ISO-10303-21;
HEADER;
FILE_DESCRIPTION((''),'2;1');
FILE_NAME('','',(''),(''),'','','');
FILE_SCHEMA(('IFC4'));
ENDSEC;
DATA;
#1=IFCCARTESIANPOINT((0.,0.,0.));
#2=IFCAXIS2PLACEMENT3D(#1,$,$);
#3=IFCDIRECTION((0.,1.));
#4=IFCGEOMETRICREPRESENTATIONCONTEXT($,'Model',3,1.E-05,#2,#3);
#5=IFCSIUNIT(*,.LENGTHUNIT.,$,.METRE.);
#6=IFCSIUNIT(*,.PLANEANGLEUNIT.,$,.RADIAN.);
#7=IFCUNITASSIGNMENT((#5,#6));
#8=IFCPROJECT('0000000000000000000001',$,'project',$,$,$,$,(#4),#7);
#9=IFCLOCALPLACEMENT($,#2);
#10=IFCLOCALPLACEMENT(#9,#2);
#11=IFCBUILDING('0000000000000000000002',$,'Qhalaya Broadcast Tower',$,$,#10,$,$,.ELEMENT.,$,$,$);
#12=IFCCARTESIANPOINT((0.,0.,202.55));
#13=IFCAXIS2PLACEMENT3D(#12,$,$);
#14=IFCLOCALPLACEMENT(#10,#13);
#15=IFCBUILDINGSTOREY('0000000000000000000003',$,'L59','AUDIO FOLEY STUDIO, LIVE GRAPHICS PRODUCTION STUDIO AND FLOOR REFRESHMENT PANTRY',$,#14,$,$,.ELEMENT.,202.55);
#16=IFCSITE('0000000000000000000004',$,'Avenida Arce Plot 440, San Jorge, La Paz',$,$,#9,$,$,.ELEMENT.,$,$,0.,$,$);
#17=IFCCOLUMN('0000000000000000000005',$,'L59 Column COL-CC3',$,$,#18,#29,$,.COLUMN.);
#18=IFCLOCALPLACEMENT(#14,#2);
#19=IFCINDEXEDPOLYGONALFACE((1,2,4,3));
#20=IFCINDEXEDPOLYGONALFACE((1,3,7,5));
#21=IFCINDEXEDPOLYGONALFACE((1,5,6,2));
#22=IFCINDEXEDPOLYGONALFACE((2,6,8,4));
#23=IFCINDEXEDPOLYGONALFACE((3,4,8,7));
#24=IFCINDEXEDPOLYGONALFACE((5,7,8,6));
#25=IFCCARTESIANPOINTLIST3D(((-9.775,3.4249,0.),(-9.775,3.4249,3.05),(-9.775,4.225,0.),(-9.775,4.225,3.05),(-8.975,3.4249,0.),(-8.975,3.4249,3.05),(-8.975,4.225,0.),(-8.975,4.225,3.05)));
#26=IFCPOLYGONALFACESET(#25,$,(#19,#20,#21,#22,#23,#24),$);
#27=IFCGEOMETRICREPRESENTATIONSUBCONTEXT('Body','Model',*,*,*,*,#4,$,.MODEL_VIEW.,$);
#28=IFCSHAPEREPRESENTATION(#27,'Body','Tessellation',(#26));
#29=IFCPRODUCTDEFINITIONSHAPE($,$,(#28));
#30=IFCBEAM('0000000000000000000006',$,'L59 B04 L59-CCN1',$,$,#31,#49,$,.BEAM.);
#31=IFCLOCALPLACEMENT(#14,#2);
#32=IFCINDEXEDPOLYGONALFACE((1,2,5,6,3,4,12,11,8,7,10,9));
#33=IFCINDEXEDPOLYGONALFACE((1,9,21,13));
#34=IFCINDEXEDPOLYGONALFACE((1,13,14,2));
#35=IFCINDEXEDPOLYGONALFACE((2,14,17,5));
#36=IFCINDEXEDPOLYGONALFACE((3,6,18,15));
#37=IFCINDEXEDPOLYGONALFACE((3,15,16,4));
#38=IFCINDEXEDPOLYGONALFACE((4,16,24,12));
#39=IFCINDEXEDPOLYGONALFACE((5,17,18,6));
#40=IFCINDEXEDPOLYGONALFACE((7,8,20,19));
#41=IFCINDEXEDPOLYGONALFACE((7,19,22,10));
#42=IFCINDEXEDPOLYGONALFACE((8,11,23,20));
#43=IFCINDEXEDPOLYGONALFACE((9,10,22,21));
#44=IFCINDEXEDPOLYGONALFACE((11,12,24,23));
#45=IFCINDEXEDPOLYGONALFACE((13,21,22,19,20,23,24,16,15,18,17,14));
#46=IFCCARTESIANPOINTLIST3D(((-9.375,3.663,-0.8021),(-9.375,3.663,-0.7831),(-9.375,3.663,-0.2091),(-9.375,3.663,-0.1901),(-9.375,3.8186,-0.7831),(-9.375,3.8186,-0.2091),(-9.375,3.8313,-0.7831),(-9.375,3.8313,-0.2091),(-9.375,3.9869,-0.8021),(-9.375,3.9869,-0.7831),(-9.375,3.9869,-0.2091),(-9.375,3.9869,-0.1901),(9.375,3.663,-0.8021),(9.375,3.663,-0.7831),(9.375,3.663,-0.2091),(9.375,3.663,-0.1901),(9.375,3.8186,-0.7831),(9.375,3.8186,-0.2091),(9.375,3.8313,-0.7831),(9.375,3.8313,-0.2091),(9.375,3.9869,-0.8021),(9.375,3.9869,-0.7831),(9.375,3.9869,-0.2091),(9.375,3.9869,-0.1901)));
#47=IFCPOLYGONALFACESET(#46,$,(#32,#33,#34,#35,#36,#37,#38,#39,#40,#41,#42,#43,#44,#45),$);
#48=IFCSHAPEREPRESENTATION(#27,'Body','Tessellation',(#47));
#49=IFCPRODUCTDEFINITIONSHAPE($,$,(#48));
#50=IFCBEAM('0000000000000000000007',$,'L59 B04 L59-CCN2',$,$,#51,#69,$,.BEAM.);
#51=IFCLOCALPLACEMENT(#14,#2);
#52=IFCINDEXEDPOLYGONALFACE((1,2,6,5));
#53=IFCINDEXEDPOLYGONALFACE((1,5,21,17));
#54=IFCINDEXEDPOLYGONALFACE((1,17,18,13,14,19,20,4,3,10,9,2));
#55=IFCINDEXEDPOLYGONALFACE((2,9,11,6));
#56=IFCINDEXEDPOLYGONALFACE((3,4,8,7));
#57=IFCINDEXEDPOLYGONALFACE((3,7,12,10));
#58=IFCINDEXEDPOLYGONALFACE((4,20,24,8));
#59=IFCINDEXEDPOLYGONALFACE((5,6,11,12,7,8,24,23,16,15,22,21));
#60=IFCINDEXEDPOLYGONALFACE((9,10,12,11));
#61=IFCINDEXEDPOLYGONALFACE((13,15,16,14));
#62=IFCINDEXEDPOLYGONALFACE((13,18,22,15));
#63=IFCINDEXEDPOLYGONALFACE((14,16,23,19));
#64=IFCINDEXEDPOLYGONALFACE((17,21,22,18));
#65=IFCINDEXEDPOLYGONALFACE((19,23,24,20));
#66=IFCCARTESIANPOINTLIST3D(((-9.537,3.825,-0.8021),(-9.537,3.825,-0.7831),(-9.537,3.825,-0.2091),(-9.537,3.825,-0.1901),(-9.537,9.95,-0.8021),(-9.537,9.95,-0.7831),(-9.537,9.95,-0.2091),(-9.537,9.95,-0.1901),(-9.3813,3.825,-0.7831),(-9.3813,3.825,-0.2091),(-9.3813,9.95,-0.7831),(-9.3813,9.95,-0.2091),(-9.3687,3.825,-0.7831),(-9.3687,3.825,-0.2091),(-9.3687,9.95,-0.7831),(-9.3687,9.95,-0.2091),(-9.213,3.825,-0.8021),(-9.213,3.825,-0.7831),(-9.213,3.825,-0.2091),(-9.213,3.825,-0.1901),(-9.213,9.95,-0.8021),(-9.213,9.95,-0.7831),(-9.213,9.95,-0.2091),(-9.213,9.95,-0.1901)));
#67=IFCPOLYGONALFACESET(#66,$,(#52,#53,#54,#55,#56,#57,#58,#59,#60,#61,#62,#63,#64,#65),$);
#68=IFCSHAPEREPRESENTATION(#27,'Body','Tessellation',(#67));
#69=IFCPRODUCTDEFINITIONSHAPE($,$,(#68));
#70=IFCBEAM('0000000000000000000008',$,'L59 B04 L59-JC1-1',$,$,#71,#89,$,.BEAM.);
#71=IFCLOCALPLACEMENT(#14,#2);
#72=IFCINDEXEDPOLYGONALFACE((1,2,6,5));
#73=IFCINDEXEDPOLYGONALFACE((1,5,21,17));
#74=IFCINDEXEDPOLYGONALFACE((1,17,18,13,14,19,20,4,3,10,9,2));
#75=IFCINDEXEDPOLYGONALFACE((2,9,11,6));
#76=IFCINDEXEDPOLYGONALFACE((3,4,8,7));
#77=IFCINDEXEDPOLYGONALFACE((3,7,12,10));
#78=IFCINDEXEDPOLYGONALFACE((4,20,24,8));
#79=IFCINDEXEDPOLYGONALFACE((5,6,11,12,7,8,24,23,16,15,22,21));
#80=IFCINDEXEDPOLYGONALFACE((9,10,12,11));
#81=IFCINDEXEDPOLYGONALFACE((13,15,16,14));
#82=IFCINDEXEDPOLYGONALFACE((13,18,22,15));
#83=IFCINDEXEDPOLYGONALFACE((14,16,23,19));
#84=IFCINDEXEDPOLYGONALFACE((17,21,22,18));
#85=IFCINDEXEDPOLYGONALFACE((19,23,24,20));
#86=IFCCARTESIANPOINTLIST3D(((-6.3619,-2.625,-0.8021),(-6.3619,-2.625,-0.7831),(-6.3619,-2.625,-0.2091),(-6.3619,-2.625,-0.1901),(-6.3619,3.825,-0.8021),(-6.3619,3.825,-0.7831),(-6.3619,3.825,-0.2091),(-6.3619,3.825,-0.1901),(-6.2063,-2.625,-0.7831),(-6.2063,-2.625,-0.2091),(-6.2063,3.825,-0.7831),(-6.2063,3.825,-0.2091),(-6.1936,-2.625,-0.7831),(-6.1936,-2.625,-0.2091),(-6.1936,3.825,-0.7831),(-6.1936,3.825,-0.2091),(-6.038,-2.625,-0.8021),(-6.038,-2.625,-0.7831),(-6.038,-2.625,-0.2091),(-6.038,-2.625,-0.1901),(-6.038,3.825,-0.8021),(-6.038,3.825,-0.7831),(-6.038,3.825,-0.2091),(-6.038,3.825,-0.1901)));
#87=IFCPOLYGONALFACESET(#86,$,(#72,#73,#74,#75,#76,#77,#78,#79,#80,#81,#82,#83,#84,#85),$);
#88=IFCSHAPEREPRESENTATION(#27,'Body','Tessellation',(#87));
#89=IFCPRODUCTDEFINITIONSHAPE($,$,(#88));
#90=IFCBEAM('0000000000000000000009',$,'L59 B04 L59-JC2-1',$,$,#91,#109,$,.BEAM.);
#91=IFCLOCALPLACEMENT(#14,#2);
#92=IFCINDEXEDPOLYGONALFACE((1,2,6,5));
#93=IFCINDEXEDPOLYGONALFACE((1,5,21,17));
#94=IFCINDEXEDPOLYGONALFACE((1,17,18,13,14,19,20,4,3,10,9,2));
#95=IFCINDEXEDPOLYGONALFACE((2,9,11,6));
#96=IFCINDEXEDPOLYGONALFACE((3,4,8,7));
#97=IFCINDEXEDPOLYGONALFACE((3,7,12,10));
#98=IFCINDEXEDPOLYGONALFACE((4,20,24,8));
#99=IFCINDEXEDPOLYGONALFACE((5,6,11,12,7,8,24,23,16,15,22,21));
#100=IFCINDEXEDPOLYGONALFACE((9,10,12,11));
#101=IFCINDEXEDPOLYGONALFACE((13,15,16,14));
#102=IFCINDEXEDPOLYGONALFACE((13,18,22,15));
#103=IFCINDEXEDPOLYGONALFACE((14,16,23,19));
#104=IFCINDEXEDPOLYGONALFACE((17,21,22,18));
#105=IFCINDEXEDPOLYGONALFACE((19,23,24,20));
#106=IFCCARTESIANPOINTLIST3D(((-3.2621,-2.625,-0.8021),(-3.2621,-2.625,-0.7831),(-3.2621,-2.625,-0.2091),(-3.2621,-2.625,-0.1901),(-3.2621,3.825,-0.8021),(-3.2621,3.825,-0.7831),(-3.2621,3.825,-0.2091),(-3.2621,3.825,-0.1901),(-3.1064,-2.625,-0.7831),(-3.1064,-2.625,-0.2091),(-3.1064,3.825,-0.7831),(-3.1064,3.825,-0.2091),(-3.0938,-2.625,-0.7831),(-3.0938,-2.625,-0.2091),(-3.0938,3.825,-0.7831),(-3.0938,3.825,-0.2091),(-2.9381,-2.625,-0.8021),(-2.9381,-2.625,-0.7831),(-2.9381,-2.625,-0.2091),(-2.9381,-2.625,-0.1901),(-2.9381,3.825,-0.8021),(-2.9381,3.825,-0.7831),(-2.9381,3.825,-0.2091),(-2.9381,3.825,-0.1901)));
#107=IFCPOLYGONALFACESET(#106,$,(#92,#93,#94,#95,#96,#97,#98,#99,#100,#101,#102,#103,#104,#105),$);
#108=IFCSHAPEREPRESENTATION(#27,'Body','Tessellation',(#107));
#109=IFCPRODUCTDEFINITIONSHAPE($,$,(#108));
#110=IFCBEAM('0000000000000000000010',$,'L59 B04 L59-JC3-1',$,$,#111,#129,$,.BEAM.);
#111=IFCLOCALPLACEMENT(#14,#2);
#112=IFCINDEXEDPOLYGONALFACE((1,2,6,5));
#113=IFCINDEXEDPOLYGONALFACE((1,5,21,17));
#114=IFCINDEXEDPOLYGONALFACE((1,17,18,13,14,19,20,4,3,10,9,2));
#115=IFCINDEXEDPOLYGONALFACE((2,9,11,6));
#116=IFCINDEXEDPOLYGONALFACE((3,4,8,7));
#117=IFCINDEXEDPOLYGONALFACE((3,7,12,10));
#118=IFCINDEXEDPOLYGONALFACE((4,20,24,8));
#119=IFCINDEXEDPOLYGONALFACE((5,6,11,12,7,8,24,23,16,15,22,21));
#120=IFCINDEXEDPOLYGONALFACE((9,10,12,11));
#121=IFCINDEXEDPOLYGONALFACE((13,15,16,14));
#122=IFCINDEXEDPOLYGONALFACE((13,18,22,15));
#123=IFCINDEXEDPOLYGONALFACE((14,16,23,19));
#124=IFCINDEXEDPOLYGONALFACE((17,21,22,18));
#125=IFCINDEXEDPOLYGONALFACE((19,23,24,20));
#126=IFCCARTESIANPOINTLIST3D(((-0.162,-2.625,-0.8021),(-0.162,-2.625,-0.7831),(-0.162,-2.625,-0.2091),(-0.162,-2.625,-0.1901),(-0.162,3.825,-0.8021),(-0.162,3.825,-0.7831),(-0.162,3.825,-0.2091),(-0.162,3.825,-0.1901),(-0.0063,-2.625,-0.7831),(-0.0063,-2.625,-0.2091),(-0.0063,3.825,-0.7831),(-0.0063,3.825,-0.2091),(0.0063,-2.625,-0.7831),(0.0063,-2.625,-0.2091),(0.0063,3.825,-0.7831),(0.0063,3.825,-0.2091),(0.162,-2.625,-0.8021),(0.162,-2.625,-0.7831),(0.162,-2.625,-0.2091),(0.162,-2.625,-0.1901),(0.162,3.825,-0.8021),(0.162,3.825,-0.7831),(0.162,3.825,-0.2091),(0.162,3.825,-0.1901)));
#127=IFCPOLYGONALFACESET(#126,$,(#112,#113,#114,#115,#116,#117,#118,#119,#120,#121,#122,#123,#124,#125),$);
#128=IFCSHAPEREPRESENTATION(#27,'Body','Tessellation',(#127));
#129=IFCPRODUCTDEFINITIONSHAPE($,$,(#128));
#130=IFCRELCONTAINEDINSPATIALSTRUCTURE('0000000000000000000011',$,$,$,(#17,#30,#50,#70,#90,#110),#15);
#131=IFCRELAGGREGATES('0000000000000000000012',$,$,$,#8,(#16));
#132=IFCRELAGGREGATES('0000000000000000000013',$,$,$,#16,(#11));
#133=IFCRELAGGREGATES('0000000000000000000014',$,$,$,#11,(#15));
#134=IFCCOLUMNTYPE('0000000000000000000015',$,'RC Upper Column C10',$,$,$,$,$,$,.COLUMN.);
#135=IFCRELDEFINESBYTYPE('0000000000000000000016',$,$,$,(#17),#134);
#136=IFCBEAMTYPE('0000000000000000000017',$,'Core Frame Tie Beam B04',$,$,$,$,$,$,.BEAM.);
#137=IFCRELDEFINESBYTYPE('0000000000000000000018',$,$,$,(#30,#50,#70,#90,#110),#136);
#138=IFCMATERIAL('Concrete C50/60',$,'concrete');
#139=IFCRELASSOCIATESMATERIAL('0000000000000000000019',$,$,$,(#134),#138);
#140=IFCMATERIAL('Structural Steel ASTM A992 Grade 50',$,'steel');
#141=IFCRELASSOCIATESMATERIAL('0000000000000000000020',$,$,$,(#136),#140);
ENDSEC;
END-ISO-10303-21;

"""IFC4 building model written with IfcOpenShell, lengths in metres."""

from ifc_helpers import new_model, si_unit, direction, frame, origin, origin_2d, place, context, subcontext, project, spatial, rectangle, i_section, extrude, material, material_profile, profile_set, type_object, element, save


model = new_model("IFC4")

# Units and contexts
model_context = context("Model", 3, precision=1e-05, world=origin(), true_north=direction((0.0, 1.0)))
body_context = subcontext(model_context, "Body", "Model", "MODEL_VIEW")
ifc_project = project(units=[si_unit("LENGTHUNIT", "METRE"), si_unit("PLANEANGLEUNIT", "RADIAN")], contexts=[model_context])

# Site, building, storey
site_placement = place(None, origin())
site = spatial("IfcSite", under=ifc_project, at=site_placement, Name="Avenida Arce Plot 440, San Jorge, La Paz", CompositionType="ELEMENT", RefElevation=0.0)
building_placement = place(site_placement, origin())
building = spatial("IfcBuilding", under=site, at=building_placement, Name="Qhalaya Broadcast Tower", CompositionType="ELEMENT")
storey_placement = place(building_placement, frame((0.0, 0.0, 202.55)))
storey = spatial("IfcBuildingStorey", under=building, at=storey_placement, Name="L59", Description="AUDIO FOLEY STUDIO, LIVE GRAPHICS PRODUCTION STUDIO AND FLOOR REFRESHMENT PANTRY", CompositionType="ELEMENT", Elevation=202.55)

# Column
ifc_material_1 = material(Name="Concrete C50/60", Category="concrete")
ifc_material_profile_1 = material_profile(ifc_material_1, rectangle(XDim=0.8, YDim=0.8, at=origin_2d()), Name="RC-COL 800x800")
ifc_profile_set_1 = profile_set([ifc_material_profile_1], Name="Concrete C50/60")
column_type = type_object("IfcColumnType", Name="RC Upper Column C10", PredefinedType="COLUMN", material=ifc_profile_set_1)
column_placement = place(storey_placement, frame((-9.375, 3.825, 0.0), z_axis=(0.0, 0.0, 1.0), x_axis=(1.0, 0.0, 0.0)))
element("IfcColumn", 1, at=column_placement, inside=storey, type_object=column_type, Name="L59 Column COL-CC3", PredefinedType="COLUMN", context=body_context, shape_type="SweptSolid", body=[
    extrude(rectangle(XDim=0.8, YDim=0.8, at=origin_2d()), origin(), (0.0, 0.0, 1.0), 3.05),
])

# Beams
ifc_material_2 = material(Name="Structural Steel ASTM A992 Grade 50", Category="steel")
ifc_material_profile_2 = material_profile(ifc_material_2, i_section(OverallWidth=0.324, OverallDepth=0.6121, WebThickness=0.0127, FlangeThickness=0.019, at=origin_2d()), Name="W24X104")
ifc_profile_set_2 = profile_set([ifc_material_profile_2], Name="Structural Steel ASTM A992 Grade 50")
beam_type = type_object("IfcBeamType", Name="Core Frame Tie Beam B04", PredefinedType="BEAM", material=ifc_profile_set_2)
beam_1_placement = place(storey_placement, frame((-9.375, 3.825, -0.4961), z_axis=(1.0, 0.0, 0.0), x_axis=(0.0, 1.0, 0.0)))
element("IfcBeam", 2, at=beam_1_placement, inside=storey, type_object=beam_type, Name="L59 B04 L59-CCN1", PredefinedType="BEAM", context=body_context, shape_type="SweptSolid", body=[
    extrude(i_section(OverallWidth=0.324, OverallDepth=0.6121, WebThickness=0.0127, FlangeThickness=0.019, at=origin_2d()), origin(), (0.0, 0.0, 1.0), 18.75),
])
beam_2_placement = place(storey_placement, frame((-9.375, 3.825, -0.4961), z_axis=(0.0, 1.0, 0.0), x_axis=(-1.0, 0.0, 0.0)))
element("IfcBeam", 3, at=beam_2_placement, inside=storey, type_object=beam_type, Name="L59 B04 L59-CCN2", PredefinedType="BEAM", context=body_context, shape_type="SweptSolid", body=[
    extrude(i_section(OverallWidth=0.324, OverallDepth=0.6121, WebThickness=0.0127, FlangeThickness=0.019, at=origin_2d()), origin(), (0.0, 0.0, 1.0), 6.125),
])
for number, where, z_axis, x_axis, name in (
    (4, (-6.2, -2.625, -0.4961), (0.0, 1.0, 0.0), (-1.0, 0.0, 0.0), "L59 B04 L59-JC1-1"),
    (5, (-3.1001, -2.625, -0.4961), (0.0, 1.0, 0.0), (-1.0, 0.0, 0.0), "L59 B04 L59-JC2-1"),
    (6, (0.0, -2.625, -0.4961), (0.0, 1.0, 0.0), (-1.0, 0.0, 0.0), "L59 B04 L59-JC3-1"),
):
    element("IfcBeam", number, at=place(storey_placement, frame(where, z_axis=z_axis, x_axis=x_axis)), inside=storey, type_object=beam_type, Name=name, PredefinedType="BEAM", context=body_context, shape_type="SweptSolid", body=[
        extrude(i_section(OverallWidth=0.324, OverallDepth=0.6121, WebThickness=0.0127, FlangeThickness=0.019, at=origin_2d()), origin(), (0.0, 0.0, 1.0), 6.45),
    ])

save(model, "model.ifc")
